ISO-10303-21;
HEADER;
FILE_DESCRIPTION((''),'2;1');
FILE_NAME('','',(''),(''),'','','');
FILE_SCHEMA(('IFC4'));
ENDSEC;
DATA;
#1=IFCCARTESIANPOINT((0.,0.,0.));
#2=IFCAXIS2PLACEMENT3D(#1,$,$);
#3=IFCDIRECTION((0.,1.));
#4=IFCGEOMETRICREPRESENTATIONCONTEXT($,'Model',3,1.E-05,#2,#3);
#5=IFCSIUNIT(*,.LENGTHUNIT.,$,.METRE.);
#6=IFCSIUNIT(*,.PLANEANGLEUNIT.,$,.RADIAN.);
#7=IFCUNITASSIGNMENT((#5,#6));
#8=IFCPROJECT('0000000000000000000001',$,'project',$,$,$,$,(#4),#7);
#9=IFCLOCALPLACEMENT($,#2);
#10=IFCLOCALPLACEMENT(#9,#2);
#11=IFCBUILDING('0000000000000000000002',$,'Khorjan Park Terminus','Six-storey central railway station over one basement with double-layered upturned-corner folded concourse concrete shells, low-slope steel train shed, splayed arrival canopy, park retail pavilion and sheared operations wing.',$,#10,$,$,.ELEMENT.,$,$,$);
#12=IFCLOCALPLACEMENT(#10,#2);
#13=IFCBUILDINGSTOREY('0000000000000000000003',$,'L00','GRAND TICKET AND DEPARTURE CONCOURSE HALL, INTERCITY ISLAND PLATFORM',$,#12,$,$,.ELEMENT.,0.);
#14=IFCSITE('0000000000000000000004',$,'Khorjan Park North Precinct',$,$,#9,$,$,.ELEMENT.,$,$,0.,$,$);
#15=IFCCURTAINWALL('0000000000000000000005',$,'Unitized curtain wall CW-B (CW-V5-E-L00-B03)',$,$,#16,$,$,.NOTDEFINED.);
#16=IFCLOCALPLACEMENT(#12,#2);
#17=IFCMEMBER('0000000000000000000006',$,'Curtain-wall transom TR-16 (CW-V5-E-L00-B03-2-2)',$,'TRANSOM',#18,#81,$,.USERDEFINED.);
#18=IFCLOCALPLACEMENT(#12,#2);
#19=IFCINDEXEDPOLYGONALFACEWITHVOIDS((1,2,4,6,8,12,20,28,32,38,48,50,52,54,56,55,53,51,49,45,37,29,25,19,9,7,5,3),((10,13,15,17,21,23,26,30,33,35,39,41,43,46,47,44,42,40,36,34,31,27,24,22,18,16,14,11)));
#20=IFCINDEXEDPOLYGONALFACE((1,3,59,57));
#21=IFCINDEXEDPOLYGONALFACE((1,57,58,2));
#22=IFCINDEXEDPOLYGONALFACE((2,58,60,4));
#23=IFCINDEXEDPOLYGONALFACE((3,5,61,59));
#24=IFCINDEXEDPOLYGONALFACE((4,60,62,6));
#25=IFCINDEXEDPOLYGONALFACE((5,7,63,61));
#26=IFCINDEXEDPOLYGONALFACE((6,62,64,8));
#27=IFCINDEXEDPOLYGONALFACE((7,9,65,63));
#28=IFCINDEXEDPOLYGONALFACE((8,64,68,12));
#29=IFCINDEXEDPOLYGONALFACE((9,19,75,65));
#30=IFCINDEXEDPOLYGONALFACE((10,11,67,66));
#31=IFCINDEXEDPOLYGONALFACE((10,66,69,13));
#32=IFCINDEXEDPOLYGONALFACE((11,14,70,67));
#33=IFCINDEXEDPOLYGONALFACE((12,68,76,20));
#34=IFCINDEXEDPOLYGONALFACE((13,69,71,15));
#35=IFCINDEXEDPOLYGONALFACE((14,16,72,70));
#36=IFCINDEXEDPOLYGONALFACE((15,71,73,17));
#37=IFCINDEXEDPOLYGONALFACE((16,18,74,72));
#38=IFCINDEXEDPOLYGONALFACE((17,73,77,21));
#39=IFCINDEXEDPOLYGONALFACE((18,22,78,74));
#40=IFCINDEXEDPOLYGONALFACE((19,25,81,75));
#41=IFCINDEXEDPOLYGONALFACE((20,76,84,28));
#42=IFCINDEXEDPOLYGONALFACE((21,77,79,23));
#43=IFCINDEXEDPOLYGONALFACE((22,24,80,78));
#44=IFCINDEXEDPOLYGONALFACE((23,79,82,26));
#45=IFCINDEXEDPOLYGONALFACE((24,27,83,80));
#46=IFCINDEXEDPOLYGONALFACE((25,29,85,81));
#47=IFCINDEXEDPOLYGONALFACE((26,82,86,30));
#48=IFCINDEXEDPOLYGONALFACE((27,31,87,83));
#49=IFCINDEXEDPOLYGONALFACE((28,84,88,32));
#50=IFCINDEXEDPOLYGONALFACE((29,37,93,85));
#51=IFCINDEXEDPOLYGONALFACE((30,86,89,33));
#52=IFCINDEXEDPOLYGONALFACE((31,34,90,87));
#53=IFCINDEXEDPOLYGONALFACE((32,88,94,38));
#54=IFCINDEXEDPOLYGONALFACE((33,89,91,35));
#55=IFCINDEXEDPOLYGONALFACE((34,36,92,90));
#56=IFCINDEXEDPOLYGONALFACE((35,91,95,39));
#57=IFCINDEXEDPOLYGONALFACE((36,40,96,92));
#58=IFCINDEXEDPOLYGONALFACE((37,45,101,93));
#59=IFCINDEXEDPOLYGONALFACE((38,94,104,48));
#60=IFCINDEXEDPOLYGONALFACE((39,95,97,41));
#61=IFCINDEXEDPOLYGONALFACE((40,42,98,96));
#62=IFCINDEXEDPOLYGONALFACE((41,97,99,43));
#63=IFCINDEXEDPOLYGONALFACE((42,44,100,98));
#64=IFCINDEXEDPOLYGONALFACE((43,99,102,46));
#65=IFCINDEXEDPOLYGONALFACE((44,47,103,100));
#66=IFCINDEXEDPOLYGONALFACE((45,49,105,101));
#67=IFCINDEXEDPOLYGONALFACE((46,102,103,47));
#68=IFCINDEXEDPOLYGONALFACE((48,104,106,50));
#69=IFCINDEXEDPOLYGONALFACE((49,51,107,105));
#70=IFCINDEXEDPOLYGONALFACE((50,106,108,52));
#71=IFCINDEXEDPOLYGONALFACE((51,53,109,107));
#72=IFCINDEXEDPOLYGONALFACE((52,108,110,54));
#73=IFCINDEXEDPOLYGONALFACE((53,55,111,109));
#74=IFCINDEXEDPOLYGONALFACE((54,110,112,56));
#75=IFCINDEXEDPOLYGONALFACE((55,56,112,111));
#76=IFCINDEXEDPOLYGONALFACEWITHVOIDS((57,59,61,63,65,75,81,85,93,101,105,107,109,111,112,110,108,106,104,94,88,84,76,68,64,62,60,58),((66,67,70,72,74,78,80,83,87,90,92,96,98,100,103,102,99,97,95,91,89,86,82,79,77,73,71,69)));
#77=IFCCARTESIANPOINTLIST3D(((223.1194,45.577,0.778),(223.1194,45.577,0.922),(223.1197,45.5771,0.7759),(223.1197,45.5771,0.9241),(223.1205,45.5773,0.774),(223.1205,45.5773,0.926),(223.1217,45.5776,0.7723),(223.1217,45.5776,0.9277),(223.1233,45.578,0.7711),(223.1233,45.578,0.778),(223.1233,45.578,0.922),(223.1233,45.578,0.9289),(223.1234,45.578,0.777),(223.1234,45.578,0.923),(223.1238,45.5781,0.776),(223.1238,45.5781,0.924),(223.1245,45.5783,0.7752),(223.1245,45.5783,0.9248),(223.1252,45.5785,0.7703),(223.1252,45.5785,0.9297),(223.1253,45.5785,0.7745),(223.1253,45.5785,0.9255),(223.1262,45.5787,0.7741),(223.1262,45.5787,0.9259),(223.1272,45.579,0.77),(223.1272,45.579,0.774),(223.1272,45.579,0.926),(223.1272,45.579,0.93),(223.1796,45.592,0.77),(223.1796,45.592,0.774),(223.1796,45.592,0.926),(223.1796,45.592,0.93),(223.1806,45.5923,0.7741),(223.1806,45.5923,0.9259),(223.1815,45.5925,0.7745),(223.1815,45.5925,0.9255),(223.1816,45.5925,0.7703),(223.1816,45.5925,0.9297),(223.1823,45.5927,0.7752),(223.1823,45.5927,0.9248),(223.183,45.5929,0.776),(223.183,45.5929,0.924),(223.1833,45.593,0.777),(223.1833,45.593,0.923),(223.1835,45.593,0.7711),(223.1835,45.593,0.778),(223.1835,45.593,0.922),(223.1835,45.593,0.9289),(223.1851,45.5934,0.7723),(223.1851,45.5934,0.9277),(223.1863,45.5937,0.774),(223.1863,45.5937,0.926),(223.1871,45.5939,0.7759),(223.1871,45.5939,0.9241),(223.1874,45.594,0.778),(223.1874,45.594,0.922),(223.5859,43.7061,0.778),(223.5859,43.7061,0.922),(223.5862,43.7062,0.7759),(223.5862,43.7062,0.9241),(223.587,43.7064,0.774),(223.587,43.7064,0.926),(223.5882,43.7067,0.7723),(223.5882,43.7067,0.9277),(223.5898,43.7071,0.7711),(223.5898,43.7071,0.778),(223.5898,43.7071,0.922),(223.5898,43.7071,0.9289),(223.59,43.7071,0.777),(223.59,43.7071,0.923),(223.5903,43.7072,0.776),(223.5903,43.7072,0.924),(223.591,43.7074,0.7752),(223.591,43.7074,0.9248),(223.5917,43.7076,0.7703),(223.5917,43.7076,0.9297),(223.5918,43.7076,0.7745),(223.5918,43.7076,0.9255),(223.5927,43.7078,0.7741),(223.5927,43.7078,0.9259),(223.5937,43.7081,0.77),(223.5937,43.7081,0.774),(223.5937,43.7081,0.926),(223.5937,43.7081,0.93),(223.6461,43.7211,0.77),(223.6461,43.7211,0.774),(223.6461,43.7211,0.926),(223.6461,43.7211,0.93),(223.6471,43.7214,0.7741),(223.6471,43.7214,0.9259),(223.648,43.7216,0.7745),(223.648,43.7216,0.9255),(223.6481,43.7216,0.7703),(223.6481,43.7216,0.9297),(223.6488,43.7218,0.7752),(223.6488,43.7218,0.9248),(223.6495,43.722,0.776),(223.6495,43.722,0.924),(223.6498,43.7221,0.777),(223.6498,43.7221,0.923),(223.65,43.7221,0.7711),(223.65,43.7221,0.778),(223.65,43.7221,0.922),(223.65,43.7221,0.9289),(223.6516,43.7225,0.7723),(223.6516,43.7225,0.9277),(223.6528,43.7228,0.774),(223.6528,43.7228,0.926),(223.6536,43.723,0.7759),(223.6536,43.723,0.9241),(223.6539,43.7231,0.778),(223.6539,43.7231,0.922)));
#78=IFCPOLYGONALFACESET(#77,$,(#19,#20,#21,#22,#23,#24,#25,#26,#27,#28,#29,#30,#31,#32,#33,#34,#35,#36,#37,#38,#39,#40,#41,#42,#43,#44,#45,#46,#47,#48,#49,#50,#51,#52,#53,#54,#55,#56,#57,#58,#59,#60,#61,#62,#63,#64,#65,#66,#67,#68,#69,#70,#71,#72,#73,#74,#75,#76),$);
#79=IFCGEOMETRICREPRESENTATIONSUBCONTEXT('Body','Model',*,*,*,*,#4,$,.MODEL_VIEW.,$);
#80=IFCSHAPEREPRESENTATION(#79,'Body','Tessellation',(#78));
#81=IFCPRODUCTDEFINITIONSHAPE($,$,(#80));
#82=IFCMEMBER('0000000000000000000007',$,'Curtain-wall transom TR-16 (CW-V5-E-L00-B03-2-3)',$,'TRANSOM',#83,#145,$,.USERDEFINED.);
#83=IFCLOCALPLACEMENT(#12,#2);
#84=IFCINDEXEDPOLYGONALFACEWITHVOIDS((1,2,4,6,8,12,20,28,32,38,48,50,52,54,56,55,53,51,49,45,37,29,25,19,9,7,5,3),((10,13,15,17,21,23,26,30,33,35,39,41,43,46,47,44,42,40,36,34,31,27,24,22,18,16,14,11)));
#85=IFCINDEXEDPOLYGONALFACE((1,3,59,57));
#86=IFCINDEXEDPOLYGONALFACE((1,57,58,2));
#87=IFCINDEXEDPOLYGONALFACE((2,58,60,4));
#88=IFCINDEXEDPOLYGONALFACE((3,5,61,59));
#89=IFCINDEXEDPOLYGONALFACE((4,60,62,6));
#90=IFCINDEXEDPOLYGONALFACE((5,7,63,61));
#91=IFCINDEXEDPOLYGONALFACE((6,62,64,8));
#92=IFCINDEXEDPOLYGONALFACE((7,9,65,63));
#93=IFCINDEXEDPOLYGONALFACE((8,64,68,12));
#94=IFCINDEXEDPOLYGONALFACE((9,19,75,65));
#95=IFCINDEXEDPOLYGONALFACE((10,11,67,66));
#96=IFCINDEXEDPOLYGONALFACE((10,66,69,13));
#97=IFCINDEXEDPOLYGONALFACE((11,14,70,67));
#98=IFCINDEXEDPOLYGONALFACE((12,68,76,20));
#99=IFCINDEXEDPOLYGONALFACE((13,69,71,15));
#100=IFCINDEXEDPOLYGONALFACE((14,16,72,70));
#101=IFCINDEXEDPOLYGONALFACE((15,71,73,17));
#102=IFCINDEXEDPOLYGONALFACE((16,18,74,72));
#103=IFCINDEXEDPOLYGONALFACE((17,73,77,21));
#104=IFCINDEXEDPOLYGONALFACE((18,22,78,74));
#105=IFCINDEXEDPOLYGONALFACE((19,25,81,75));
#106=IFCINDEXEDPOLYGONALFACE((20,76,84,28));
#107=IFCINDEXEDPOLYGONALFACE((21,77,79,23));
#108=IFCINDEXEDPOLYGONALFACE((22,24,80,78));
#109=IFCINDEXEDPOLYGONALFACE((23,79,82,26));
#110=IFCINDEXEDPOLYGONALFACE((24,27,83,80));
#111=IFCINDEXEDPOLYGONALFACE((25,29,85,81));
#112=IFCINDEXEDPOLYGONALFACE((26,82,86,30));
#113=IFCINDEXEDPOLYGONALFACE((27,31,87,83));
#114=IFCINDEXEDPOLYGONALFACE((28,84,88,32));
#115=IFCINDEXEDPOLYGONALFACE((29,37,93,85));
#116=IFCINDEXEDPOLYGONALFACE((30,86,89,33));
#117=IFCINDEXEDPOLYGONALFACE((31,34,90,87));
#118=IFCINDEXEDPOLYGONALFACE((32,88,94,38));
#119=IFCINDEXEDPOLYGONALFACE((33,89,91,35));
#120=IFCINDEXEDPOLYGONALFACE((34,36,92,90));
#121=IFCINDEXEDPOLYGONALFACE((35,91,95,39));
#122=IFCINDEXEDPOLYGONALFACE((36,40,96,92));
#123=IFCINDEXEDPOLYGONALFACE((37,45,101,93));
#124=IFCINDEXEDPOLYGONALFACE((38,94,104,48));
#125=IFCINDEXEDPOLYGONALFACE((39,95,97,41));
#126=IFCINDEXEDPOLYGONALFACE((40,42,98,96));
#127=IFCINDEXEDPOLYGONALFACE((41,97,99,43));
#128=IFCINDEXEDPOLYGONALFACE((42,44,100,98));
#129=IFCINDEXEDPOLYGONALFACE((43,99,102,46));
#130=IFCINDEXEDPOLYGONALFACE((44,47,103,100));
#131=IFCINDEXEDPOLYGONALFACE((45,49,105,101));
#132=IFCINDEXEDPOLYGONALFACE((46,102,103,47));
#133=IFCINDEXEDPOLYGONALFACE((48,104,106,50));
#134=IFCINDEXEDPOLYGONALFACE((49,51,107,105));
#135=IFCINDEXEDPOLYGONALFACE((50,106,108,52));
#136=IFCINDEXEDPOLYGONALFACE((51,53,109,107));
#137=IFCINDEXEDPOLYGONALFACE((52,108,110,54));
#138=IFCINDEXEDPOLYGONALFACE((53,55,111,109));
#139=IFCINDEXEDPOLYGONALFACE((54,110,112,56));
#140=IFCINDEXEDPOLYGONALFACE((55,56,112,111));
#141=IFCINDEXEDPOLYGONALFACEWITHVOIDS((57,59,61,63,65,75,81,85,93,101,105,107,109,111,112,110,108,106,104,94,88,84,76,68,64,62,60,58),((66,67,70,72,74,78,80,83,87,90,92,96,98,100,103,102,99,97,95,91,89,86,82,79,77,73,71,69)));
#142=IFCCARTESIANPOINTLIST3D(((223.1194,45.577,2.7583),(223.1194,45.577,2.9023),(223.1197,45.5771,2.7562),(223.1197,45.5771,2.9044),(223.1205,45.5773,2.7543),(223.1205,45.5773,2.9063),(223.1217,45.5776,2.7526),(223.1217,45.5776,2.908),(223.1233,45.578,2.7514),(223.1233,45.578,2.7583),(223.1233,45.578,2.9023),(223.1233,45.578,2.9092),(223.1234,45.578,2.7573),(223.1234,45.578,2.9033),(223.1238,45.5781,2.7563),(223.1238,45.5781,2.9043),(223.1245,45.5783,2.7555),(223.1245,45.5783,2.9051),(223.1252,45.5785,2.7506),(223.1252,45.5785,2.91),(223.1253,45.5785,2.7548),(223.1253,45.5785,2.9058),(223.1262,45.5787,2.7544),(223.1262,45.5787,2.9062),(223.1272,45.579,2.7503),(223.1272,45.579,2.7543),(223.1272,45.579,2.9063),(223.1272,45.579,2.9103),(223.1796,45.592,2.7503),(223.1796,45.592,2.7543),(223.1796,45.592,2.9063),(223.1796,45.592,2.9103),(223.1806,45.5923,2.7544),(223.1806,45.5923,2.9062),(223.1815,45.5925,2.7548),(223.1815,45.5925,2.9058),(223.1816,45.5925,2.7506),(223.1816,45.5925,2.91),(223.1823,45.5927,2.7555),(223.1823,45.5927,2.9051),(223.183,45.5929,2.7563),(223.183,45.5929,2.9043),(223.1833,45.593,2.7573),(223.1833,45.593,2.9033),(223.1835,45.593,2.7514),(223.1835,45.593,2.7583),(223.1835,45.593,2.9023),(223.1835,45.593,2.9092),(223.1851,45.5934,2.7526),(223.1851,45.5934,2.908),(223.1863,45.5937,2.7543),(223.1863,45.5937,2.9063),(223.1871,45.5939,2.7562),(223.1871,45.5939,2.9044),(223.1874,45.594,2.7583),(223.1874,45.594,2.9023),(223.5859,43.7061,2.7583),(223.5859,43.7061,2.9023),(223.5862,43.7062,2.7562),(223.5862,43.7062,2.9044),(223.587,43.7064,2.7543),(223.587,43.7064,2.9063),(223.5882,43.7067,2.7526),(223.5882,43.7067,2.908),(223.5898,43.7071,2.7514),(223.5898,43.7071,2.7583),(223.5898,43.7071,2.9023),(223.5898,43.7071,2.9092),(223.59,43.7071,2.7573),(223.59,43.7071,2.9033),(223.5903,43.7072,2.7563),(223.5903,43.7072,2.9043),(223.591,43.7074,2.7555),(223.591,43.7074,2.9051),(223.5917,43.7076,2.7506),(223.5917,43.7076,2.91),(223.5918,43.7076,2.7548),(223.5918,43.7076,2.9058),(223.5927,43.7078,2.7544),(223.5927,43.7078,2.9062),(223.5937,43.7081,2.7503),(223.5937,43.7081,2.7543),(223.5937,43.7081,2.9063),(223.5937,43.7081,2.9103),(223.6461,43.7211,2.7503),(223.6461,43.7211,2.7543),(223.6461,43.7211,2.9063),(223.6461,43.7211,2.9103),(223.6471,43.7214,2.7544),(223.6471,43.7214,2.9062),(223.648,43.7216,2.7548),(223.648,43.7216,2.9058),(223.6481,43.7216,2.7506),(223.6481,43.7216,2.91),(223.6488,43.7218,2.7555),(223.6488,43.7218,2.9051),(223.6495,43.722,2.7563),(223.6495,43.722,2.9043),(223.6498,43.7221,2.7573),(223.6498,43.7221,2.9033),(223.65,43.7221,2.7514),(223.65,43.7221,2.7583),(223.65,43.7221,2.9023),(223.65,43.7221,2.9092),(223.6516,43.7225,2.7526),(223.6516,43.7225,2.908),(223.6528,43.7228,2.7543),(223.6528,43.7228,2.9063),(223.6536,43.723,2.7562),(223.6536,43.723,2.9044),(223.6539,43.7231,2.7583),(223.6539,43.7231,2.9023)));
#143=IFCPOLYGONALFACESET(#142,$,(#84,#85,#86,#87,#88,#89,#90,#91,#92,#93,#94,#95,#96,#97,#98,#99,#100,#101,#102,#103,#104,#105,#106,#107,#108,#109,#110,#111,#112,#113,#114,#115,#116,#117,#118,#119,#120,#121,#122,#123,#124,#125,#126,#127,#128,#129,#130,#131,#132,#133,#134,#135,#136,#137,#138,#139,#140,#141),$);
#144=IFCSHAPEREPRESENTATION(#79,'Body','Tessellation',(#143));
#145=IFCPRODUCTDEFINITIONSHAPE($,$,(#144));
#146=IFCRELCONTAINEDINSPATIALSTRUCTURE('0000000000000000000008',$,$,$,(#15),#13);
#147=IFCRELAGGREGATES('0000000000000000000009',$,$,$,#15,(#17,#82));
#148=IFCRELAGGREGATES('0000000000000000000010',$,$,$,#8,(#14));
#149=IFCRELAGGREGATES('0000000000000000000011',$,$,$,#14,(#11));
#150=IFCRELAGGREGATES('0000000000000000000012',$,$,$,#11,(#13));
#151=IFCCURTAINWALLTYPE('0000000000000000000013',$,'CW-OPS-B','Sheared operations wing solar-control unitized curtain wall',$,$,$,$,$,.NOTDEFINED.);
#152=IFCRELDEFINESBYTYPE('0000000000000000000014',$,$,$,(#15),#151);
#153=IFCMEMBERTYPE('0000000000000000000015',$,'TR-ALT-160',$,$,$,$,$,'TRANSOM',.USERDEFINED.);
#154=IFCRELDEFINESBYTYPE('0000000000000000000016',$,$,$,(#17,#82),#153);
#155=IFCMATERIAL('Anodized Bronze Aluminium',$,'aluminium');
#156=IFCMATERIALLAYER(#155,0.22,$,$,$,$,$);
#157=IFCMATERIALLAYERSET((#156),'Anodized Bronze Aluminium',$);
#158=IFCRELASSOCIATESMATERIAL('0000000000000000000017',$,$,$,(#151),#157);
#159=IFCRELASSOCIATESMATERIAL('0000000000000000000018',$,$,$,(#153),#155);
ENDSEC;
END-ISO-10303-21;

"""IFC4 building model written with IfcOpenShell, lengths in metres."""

from ifc_helpers import new_model, si_unit, direction, frame, origin, origin_2d, place, context, subcontext, project, spatial, hollow_rectangle, extrude, material, layer, layer_set, material_profile, profile_set, type_object, element, aggregate, save


model = new_model("IFC4")

# Units and contexts
model_context = context("Model", 3, precision=1e-05, world=origin(), true_north=direction((0.0, 1.0)))
body_context = subcontext(model_context, "Body", "Model", "MODEL_VIEW")
ifc_project = project(units=[si_unit("LENGTHUNIT", "METRE"), si_unit("PLANEANGLEUNIT", "RADIAN")], contexts=[model_context])

# Site, building, storey
site_placement = place(None, origin())
site = spatial("IfcSite", under=ifc_project, at=site_placement, Name="Khorjan Park North Precinct", CompositionType="ELEMENT", RefElevation=0.0)
building_placement = place(site_placement, origin())
building = spatial("IfcBuilding", under=site, at=building_placement, Name="Khorjan Park Terminus", Description="Six-storey central railway station over one basement with double-layered upturned-corner folded concourse concrete shells, low-slope steel train shed, splayed arrival canopy, park retail pavilion and sheared operations wing.", CompositionType="ELEMENT")
storey_placement = place(building_placement, origin())
storey = spatial("IfcBuildingStorey", under=building, at=storey_placement, Name="L00", Description="GRAND TICKET AND DEPARTURE CONCOURSE HALL, INTERCITY ISLAND PLATFORM", CompositionType="ELEMENT", Elevation=0.0)

# Curtain wall, members
ifc_material_1 = material(Name="Anodized Bronze Aluminium", Category="aluminium")
ifc_layer_1 = layer(ifc_material_1, 0.22)
ifc_layer_set_1 = layer_set([ifc_layer_1], Name="Anodized Bronze Aluminium")
curtain_wall_type = type_object("IfcCurtainWallType", Name="CW-OPS-B", Description="Sheared operations wing solar-control unitized curtain wall", PredefinedType="NOTDEFINED", material=ifc_layer_set_1)
curtain_wall_placement = place(storey_placement, origin())
curtain_wall = element("IfcCurtainWall", 1, at=curtain_wall_placement, inside=storey, type_object=curtain_wall_type, Name="Unitized curtain wall CW-B (CW-V5-E-L00-B03)", PredefinedType="NOTDEFINED")
ifc_material_profile_1 = material_profile(ifc_material_1, hollow_rectangle(XDim=0.07, YDim=0.16, WallThickness=0.004, InnerFilletRadius=0.004, OuterFilletRadius=0.008, at=origin_2d()), Name="ALT 70x160x4")
ifc_profile_set_1 = profile_set([ifc_material_profile_1], Name="Anodized Bronze Aluminium")
member_type_1 = type_object("IfcMemberType", Name="TR-ALT-160", ElementType="TRANSOM", PredefinedType="USERDEFINED", material=ifc_profile_set_1)
member_1_placement = place(storey_placement, frame((223.6199, 43.7146, 0.85), z_axis=(-0.241938, 0.970292, 0.0), x_axis=(-0.970292, -0.241938, 0.0)))
member_1 = element("IfcMember", 2, at=member_1_placement, type_object=member_type_1, Name="Curtain-wall transom TR-16 (CW-V5-E-L00-B03-2-2)", ObjectType="TRANSOM", PredefinedType="USERDEFINED", context=body_context, shape_type="SweptSolid", body=[
    extrude(hollow_rectangle(XDim=0.07, YDim=0.16, WallThickness=0.004, InnerFilletRadius=0.004, OuterFilletRadius=0.008, at=origin_2d()), origin(), (0.0, 0.0, 1.0), 1.9282),
])
member_2_placement = place(storey_placement, frame((223.6199, 43.7146, 2.8303), z_axis=(-0.241938, 0.970292, 0.0), x_axis=(-0.970292, -0.241938, 0.0)))
member_2 = element("IfcMember", 3, at=member_2_placement, type_object=member_type_1, Name="Curtain-wall transom TR-16 (CW-V5-E-L00-B03-2-3)", ObjectType="TRANSOM", PredefinedType="USERDEFINED", context=body_context, shape_type="SweptSolid", body=[
    extrude(hollow_rectangle(XDim=0.07, YDim=0.16, WallThickness=0.004, InnerFilletRadius=0.004, OuterFilletRadius=0.008, at=origin_2d()), origin(), (0.0, 0.0, 1.0), 1.9282),
])
aggregate(curtain_wall, [member_1, member_2])

save(model, "model.ifc")
